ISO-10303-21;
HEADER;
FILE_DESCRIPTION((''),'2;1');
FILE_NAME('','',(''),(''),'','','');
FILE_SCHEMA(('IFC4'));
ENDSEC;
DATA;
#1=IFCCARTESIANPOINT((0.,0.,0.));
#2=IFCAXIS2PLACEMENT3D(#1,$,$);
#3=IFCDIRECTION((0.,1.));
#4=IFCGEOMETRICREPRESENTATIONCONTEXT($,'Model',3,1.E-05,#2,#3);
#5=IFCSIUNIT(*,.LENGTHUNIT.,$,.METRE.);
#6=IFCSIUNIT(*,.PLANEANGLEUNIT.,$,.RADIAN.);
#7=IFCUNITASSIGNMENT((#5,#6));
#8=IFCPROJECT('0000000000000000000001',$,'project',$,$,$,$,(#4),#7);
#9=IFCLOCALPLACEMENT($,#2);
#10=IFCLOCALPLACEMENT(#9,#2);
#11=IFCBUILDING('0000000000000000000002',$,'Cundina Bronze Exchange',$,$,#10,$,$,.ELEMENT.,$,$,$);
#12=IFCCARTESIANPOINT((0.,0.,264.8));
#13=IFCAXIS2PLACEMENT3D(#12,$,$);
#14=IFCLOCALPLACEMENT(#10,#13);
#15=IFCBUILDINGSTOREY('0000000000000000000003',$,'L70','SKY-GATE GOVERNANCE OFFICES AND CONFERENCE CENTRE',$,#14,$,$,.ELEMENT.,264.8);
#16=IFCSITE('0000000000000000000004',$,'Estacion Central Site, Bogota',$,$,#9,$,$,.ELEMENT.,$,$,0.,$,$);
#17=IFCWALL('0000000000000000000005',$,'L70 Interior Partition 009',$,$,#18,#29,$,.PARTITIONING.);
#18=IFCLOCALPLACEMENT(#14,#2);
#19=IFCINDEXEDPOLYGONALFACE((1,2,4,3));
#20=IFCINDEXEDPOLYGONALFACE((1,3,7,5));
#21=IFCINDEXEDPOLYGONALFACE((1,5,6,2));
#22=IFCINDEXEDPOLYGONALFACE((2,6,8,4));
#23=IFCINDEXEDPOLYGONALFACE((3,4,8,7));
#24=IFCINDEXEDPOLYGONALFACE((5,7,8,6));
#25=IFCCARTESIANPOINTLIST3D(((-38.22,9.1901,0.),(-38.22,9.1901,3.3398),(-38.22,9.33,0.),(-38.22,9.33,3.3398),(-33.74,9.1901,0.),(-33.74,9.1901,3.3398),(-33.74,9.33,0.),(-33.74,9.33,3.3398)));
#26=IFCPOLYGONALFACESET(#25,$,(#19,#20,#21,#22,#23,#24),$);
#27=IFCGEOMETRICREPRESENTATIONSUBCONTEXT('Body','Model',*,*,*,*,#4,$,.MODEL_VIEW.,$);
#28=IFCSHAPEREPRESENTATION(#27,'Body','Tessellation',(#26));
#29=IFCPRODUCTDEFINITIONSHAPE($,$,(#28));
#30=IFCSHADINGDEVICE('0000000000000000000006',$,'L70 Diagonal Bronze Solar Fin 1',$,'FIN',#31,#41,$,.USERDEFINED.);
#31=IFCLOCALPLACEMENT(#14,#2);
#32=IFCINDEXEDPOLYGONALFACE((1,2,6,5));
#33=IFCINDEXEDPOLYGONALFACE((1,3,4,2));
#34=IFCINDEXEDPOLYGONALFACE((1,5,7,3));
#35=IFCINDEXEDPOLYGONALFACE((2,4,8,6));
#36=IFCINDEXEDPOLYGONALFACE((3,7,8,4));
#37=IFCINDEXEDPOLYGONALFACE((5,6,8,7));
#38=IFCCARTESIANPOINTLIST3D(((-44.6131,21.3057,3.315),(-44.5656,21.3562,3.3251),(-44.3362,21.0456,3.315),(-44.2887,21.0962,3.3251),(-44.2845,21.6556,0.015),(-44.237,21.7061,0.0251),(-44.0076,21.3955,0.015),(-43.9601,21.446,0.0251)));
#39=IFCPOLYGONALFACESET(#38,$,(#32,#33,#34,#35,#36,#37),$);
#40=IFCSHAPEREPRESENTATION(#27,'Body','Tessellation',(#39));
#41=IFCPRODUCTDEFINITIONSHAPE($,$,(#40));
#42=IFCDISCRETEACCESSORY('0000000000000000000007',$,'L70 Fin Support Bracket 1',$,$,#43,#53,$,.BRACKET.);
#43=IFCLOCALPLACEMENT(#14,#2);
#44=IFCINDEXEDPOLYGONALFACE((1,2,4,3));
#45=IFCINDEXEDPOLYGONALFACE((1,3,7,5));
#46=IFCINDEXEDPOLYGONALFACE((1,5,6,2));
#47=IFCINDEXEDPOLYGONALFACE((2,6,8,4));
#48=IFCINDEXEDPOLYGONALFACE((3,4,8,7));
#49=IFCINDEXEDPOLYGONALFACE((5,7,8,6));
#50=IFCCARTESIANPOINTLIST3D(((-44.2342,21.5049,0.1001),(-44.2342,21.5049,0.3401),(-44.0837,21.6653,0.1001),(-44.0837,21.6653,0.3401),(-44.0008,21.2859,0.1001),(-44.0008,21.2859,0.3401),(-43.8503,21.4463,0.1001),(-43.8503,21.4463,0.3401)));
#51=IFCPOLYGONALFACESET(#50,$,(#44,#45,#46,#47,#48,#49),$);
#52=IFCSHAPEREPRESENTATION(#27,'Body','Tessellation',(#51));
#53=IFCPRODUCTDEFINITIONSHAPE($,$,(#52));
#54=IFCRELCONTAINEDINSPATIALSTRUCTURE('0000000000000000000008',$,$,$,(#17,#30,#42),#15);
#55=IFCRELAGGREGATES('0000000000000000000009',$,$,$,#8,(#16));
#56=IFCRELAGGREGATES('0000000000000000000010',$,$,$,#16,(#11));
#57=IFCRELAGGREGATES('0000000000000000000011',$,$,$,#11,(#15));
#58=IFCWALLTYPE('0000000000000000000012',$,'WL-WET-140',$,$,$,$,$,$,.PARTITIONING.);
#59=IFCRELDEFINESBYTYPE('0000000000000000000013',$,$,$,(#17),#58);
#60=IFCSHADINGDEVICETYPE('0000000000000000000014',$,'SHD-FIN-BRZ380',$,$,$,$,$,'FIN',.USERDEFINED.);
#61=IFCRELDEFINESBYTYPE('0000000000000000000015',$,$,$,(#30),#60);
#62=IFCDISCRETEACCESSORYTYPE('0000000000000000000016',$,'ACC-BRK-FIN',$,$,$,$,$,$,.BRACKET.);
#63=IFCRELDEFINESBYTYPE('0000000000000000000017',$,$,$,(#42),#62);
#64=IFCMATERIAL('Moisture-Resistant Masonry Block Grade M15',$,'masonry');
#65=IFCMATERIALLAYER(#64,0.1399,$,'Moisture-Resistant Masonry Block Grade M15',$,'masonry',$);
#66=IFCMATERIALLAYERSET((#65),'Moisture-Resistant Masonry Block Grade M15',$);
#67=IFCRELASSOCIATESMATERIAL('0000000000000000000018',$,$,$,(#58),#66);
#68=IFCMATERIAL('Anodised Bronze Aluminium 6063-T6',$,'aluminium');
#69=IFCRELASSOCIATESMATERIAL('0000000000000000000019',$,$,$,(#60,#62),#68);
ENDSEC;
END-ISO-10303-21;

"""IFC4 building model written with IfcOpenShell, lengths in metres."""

from ifc_helpers import new_model, si_unit, direction, frame, frame_2d, origin, origin_2d, place, context, subcontext, project, spatial, rectangle, extrude, material, layer, layer_set, material_profile, profile_set, type_object, element, save


model = new_model("IFC4")

# Units and contexts
model_context = context("Model", 3, precision=1e-05, world=origin(), true_north=direction((0.0, 1.0)))
body_context = subcontext(model_context, "Body", "Model", "MODEL_VIEW")
ifc_project = project(units=[si_unit("LENGTHUNIT", "METRE"), si_unit("PLANEANGLEUNIT", "RADIAN")], contexts=[model_context])

# Site, building, storey
site_placement = place(None, origin())
site = spatial("IfcSite", under=ifc_project, at=site_placement, Name="Estacion Central Site, Bogota", CompositionType="ELEMENT", RefElevation=0.0)
building_placement = place(site_placement, origin())
building = spatial("IfcBuilding", under=site, at=building_placement, Name="Cundina Bronze Exchange", CompositionType="ELEMENT")
storey_placement = place(building_placement, frame((0.0, 0.0, 264.8)))
storey = spatial("IfcBuildingStorey", under=building, at=storey_placement, Name="L70", Description="SKY-GATE GOVERNANCE OFFICES AND CONFERENCE CENTRE", CompositionType="ELEMENT", Elevation=264.8)

# Shared definitions
ifc_material_1 = material(Name="Anodised Bronze Aluminium 6063-T6", Category="aluminium")

# Wall
ifc_material_2 = material(Name="Moisture-Resistant Masonry Block Grade M15", Category="masonry")
ifc_layer_1 = layer(ifc_material_2, 0.1399, Name="Moisture-Resistant Masonry Block Grade M15", Category="masonry")
ifc_layer_set_1 = layer_set([ifc_layer_1], Name="Moisture-Resistant Masonry Block Grade M15")
wall_type_1 = type_object("IfcWallType", Name="WL-WET-140", PredefinedType="PARTITIONING", material=ifc_layer_set_1)
for number, where, z_axis, x_axis, name in (
    (1, (-38.22, 9.26, 0.0), (0.0, 0.0, 1.0), (1.0, 0.0, 0.0), "L70 Interior Partition 009"),
):
    element("IfcWall", number, at=place(storey_placement, frame(where, z_axis=z_axis, x_axis=x_axis)), inside=storey, type_object=wall_type_1, Name=name, PredefinedType="PARTITIONING", context=body_context, shape_type="SweptSolid", body=[
        extrude(rectangle(XDim=4.48, YDim=0.1399, at=frame_2d((2.24, 0.0))), origin(), (0.0, 0.0, 1.0), 3.3398),
    ])

# Shading device
ifc_material_profile_1 = material_profile(ifc_material_1, rectangle(XDim=0.0701, YDim=0.3799, at=origin_2d()), Name="FIN70X380", Category="aluminium")
ifc_profile_set_1 = profile_set([ifc_material_profile_1], Name="Anodised Bronze Aluminium 6063-T6")
shading_device_type = type_object("IfcShadingDeviceType", Name="SHD-FIN-BRZ380", ElementType="FIN", PredefinedType="USERDEFINED", material=ifc_profile_set_1)
shading_device_placement = place(storey_placement, frame((-44.1223, 21.5508, 0.02), z_axis=(-0.098541, -0.104911, 0.989587), x_axis=(0.677506, 0.721297, 0.143933)))
element("IfcShadingDevice", 2, at=shading_device_placement, inside=storey, type_object=shading_device_type, Name="L70 Diagonal Bronze Solar Fin 1", ObjectType="FIN", PredefinedType="USERDEFINED", context=body_context, shape_type="SweptSolid", body=[
    extrude(rectangle(XDim=0.0701, YDim=0.3799, at=origin_2d()), origin(), (0.0, 0.0, 1.0), 3.3347),
])

# Discrete accessory
discrete_accessory_type = type_object("IfcDiscreteAccessoryType", Name="ACC-BRK-FIN", PredefinedType="BRACKET", material=ifc_material_1)
discrete_accessory_placement = place(storey_placement, frame((-44.0422, 21.4756, 0.1001), z_axis=(0.0, 0.0, 1.0), x_axis=(-0.684344, -0.72916, 0.0)))
element("IfcDiscreteAccessory", 3, at=discrete_accessory_placement, inside=storey, type_object=discrete_accessory_type, Name="L70 Fin Support Bracket 1", PredefinedType="BRACKET", context=body_context, shape_type="SweptSolid", body=[
    extrude(rectangle(XDim=0.22, YDim=0.3201, at=origin_2d()), origin(), (0.0, 0.0, 1.0), 0.24),
])

save(model, "model.ifc")
